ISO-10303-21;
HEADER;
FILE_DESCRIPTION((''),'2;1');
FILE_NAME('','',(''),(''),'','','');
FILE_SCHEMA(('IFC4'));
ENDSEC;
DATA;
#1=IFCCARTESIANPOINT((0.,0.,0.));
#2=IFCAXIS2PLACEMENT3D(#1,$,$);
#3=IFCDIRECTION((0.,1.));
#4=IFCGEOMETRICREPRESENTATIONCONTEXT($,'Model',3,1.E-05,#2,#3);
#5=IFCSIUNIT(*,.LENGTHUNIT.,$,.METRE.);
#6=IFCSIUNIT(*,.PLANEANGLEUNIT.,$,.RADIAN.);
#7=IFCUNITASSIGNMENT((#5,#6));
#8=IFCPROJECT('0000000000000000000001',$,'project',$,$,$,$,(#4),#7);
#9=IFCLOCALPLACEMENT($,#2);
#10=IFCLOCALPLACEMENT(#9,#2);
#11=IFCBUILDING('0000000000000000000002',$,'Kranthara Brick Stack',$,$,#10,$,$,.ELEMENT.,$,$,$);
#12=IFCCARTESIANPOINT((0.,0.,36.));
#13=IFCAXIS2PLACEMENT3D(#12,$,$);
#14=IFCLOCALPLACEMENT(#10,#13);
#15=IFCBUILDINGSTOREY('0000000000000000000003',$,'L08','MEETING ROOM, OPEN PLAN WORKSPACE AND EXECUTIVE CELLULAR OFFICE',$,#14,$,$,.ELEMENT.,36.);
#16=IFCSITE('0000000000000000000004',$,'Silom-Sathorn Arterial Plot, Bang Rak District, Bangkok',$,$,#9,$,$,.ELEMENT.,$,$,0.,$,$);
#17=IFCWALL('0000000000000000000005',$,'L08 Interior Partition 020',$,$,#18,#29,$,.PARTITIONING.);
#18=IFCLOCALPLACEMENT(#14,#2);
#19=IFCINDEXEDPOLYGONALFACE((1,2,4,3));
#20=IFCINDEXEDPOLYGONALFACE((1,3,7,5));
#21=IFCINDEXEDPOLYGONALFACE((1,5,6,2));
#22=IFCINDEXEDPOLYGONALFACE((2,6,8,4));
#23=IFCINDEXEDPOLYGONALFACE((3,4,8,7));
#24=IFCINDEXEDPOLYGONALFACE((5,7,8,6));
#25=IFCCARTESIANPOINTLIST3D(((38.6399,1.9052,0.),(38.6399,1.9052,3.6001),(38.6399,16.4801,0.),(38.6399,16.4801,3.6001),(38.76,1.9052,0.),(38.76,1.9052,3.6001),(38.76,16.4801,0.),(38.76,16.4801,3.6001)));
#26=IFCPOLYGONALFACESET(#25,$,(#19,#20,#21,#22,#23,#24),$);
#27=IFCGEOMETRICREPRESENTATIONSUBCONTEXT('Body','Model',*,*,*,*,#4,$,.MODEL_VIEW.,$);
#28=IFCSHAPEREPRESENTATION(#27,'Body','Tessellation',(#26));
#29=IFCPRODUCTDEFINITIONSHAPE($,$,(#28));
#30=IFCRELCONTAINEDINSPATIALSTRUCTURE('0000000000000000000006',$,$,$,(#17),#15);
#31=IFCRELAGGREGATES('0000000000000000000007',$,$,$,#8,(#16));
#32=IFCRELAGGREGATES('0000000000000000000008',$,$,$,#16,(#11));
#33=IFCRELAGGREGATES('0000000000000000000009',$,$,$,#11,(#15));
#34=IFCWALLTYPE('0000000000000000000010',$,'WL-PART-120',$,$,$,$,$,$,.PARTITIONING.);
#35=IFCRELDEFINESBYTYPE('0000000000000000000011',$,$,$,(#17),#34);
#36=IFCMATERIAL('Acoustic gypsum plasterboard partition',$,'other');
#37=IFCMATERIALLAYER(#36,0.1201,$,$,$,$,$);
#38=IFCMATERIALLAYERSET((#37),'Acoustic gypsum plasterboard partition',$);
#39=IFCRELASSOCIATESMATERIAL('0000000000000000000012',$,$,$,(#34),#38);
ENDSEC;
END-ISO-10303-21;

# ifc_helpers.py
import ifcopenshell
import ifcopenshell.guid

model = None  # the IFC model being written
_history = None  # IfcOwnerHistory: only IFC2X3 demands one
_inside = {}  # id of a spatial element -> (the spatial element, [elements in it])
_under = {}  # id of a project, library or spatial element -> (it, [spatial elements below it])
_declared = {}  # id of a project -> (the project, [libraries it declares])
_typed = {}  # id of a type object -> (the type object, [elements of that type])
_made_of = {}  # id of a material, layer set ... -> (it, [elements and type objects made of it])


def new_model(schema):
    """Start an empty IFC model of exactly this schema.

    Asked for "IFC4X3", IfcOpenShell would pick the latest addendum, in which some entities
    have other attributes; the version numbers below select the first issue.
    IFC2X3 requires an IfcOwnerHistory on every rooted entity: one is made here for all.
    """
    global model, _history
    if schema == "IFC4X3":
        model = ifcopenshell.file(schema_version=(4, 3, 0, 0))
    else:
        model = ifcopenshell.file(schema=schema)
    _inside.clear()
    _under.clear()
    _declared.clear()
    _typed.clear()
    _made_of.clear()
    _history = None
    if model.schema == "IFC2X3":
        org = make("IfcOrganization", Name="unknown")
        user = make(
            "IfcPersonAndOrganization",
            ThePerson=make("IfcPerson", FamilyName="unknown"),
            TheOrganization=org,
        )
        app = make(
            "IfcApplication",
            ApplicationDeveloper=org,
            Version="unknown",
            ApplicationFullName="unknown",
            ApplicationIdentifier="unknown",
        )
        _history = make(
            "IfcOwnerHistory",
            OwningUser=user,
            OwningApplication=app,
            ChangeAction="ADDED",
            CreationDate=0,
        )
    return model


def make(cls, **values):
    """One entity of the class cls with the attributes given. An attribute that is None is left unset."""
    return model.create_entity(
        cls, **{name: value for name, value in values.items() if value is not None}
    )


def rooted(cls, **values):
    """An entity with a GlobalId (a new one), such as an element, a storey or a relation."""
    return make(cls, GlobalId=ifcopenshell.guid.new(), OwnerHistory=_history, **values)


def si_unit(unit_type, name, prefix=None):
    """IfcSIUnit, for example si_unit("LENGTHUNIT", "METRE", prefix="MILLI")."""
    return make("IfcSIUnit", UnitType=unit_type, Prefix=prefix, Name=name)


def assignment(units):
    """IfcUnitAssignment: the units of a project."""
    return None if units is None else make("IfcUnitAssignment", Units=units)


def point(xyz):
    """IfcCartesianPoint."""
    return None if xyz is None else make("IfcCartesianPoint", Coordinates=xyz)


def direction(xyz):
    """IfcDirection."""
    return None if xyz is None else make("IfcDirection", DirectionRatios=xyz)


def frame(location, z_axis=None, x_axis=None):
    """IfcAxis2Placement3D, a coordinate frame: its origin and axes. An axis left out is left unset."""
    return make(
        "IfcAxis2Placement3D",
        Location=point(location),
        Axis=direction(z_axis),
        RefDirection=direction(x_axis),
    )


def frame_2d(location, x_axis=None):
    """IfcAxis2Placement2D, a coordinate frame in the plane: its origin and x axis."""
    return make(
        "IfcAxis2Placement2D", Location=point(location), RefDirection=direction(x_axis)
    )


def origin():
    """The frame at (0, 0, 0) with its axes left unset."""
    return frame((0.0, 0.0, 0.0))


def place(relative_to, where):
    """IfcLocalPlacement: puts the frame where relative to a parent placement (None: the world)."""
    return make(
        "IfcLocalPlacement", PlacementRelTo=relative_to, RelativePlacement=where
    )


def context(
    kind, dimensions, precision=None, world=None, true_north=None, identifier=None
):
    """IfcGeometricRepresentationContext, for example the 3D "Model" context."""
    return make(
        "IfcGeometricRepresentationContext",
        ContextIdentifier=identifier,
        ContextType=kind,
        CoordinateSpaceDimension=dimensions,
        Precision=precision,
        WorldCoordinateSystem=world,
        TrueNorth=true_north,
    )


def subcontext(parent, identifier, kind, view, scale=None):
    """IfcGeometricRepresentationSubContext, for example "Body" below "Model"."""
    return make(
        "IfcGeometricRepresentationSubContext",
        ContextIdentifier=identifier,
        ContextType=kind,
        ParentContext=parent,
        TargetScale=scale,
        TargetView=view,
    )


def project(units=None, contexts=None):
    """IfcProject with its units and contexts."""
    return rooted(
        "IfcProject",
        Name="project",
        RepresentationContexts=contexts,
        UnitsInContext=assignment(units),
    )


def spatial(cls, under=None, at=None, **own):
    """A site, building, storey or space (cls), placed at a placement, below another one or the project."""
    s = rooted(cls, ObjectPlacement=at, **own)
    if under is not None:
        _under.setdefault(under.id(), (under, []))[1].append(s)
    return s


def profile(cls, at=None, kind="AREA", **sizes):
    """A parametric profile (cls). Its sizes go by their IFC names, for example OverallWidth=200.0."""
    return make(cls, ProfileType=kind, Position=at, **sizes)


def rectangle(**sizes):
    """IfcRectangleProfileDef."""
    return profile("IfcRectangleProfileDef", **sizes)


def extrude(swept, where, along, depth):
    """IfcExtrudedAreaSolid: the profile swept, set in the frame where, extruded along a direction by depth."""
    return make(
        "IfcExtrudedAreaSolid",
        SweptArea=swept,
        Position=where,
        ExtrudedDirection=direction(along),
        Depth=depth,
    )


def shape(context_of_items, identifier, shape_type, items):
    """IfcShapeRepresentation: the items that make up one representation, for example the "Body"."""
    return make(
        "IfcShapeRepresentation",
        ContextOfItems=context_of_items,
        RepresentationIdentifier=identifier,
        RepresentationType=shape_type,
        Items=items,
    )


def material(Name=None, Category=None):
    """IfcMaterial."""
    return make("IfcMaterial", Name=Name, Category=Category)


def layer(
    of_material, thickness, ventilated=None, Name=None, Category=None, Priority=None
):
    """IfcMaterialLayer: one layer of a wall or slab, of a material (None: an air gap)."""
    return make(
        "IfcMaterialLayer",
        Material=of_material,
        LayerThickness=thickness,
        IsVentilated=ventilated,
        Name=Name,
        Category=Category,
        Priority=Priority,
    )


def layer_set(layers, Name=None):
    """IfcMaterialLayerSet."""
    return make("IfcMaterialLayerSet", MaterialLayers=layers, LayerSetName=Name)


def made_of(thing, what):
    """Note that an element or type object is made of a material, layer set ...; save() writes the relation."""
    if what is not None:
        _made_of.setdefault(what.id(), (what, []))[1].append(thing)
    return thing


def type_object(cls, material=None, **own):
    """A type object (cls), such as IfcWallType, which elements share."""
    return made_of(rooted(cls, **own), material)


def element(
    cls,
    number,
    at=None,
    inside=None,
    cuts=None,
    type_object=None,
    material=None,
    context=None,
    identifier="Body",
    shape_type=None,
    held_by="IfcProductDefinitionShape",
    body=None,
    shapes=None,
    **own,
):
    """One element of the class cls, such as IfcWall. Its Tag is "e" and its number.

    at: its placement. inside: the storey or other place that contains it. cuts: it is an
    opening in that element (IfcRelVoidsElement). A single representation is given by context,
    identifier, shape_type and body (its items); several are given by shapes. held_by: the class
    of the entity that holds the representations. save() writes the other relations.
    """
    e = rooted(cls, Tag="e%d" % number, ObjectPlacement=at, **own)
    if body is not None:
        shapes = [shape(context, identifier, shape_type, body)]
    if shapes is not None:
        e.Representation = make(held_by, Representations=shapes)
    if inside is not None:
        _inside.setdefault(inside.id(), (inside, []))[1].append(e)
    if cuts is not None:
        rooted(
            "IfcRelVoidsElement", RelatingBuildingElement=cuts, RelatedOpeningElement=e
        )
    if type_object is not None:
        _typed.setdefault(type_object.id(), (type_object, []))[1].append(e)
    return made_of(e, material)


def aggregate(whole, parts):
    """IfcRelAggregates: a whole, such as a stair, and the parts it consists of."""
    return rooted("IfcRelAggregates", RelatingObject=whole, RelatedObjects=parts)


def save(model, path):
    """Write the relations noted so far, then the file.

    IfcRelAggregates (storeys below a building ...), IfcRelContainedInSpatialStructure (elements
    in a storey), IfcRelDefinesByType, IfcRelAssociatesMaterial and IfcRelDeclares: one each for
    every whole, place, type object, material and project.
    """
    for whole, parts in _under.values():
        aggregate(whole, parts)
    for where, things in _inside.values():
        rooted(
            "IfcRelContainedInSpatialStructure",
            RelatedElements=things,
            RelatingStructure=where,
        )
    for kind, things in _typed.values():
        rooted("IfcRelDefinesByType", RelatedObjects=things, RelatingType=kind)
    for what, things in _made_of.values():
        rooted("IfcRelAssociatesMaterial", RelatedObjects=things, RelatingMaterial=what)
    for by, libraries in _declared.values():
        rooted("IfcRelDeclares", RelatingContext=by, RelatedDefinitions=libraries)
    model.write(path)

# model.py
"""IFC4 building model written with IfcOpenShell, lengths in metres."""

from ifc_helpers import new_model, si_unit, direction, frame, frame_2d, origin, place, context, subcontext, project, spatial, rectangle, extrude, material, layer, layer_set, type_object, element, save


model = new_model("IFC4")

# Units and contexts
model_context = context("Model", 3, precision=1e-05, world=origin(), true_north=direction((0.0, 1.0)))
body_context = subcontext(model_context, "Body", "Model", "MODEL_VIEW")
ifc_project = project(units=[si_unit("LENGTHUNIT", "METRE"), si_unit("PLANEANGLEUNIT", "RADIAN")], contexts=[model_context])

# Site, building, storey
site_placement = place(None, origin())
site = spatial("IfcSite", under=ifc_project, at=site_placement, Name="Silom-Sathorn Arterial Plot, Bang Rak District, Bangkok", CompositionType="ELEMENT", RefElevation=0.0)
building_placement = place(site_placement, origin())
building = spatial("IfcBuilding", under=site, at=building_placement, Name="Kranthara Brick Stack", CompositionType="ELEMENT")
storey_placement = place(building_placement, frame((0.0, 0.0, 36.0)))
storey = spatial("IfcBuildingStorey", under=building, at=storey_placement, Name="L08", Description="MEETING ROOM, OPEN PLAN WORKSPACE AND EXECUTIVE CELLULAR OFFICE", CompositionType="ELEMENT", Elevation=36.0)

# Wall
ifc_material_1 = material(Name="Acoustic gypsum plasterboard partition", Category="other")
ifc_layer_1 = layer(ifc_material_1, 0.1201)
ifc_layer_set_1 = layer_set([ifc_layer_1], Name="Acoustic gypsum plasterboard partition")
wall_type_1 = type_object("IfcWallType", Name="WL-PART-120", PredefinedType="PARTITIONING", material=ifc_layer_set_1)
wall_1_placement = place(storey_placement, frame((38.7, 1.905, 0.0), z_axis=(0.0, 0.0, 1.0), x_axis=(0.0, 1.0, 0.0)))
element("IfcWall", 1, at=wall_1_placement, inside=storey, type_object=wall_type_1, Name="L08 Interior Partition 020", PredefinedType="PARTITIONING", context=body_context, shape_type="SweptSolid", body=[
    extrude(rectangle(XDim=14.575, YDim=0.1201, at=frame_2d((7.2876, 0.0))), origin(), (0.0, 0.0, 1.0), 3.6001),
])

save(model, "model.ifc")
